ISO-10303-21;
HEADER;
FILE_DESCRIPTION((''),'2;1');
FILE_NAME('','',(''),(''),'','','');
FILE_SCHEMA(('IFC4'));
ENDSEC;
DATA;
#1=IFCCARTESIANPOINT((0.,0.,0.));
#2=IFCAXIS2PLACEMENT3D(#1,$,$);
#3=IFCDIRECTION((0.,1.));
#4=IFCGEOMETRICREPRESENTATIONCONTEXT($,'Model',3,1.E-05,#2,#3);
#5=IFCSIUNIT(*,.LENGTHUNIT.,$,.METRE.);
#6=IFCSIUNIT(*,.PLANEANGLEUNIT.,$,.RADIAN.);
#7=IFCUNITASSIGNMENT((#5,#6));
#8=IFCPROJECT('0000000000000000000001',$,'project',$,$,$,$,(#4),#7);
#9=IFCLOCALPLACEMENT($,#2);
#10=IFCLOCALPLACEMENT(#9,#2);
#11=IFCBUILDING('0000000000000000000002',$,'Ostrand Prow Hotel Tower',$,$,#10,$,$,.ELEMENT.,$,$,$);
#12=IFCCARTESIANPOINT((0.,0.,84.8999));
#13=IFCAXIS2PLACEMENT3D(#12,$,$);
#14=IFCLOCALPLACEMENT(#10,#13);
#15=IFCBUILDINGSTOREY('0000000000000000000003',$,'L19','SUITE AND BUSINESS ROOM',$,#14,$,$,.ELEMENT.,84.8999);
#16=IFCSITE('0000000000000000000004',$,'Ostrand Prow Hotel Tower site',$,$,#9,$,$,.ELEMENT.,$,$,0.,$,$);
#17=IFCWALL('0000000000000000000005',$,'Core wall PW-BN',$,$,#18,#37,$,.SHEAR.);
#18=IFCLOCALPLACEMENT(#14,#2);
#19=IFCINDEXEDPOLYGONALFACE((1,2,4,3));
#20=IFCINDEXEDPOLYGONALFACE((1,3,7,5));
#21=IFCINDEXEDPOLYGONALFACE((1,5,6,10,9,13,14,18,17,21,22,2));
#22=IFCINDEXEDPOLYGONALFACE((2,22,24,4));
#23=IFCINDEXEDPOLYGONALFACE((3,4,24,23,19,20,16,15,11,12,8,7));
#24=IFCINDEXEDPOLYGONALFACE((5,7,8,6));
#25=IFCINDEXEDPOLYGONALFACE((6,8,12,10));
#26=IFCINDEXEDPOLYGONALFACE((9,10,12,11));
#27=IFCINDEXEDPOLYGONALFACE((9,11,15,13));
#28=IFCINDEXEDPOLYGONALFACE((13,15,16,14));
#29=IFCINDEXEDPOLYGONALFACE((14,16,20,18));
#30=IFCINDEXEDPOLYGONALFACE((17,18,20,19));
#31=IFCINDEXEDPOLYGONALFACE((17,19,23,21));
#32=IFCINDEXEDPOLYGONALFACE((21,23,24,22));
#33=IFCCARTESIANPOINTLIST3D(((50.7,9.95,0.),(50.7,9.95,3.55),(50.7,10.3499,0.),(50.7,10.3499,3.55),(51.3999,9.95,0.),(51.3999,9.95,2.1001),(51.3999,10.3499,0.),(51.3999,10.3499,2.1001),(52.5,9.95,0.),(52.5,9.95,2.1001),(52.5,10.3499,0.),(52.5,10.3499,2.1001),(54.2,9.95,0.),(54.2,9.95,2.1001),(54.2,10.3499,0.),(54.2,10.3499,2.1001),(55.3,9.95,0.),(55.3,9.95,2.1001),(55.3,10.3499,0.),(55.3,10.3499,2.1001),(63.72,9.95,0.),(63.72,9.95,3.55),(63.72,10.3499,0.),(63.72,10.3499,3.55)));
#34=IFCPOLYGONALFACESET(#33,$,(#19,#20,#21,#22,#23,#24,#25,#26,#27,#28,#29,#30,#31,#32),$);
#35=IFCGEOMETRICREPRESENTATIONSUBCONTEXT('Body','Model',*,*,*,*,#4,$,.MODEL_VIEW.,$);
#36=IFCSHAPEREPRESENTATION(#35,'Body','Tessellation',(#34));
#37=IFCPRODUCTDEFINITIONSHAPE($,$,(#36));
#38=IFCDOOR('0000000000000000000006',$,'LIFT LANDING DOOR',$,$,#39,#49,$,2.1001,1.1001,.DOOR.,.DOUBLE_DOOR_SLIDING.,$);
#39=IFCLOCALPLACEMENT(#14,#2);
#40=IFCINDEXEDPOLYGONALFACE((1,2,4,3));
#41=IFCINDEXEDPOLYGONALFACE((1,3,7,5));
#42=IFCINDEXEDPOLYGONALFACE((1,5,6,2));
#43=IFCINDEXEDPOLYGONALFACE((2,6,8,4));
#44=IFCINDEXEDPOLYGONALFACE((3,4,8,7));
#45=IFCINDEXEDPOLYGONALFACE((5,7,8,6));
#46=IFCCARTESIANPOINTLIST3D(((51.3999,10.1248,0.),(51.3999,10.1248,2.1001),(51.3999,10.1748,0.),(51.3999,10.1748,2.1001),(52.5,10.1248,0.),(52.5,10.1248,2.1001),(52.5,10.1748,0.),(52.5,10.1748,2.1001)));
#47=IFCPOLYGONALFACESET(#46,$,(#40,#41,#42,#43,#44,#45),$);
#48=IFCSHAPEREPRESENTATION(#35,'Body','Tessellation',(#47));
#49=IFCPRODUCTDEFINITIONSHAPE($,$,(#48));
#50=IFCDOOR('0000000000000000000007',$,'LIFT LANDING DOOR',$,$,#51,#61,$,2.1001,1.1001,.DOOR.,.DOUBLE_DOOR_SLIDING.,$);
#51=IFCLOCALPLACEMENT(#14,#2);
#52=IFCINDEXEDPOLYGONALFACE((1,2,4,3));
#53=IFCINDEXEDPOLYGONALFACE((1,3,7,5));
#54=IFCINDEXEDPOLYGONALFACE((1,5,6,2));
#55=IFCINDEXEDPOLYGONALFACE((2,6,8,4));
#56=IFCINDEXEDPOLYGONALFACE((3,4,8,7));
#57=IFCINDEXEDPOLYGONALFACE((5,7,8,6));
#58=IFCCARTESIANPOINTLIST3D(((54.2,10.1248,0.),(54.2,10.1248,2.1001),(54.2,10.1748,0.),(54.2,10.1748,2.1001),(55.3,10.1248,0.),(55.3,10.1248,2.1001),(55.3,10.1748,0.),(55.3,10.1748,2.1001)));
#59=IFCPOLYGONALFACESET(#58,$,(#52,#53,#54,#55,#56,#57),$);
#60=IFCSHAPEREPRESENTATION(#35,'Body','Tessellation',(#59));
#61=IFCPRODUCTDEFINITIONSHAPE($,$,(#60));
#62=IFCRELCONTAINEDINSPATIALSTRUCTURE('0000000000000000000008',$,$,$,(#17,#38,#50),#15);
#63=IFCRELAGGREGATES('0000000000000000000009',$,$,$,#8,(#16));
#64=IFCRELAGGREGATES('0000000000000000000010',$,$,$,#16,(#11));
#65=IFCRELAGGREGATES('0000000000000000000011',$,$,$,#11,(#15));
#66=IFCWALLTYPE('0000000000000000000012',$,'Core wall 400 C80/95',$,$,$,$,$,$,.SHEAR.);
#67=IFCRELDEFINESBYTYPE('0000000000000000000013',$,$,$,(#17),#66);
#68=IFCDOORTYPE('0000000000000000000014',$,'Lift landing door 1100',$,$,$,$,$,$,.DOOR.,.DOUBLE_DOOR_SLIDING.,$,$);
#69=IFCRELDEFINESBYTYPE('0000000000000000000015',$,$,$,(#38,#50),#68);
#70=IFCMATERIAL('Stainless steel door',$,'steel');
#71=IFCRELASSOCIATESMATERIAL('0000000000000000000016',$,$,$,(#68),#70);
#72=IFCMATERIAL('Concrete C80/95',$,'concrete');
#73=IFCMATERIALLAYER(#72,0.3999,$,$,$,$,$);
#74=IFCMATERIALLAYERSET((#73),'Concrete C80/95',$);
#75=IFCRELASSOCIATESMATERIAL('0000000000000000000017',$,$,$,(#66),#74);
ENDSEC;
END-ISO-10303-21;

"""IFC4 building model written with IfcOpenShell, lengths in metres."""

from ifc_helpers import new_model, si_unit, direction, frame, frame_2d, origin, place, context, subcontext, project, spatial, rectangle, extrude, material, layer, layer_set, type_object, element, fill, save


model = new_model("IFC4")

# Units and contexts
model_context = context("Model", 3, precision=1e-05, world=origin(), true_north=direction((0.0, 1.0)))
body_context = subcontext(model_context, "Body", "Model", "MODEL_VIEW")
ifc_project = project(units=[si_unit("LENGTHUNIT", "METRE"), si_unit("PLANEANGLEUNIT", "RADIAN")], contexts=[model_context])

# Site, building, storey
site_placement = place(None, origin())
site = spatial("IfcSite", under=ifc_project, at=site_placement, Name="Ostrand Prow Hotel Tower site", CompositionType="ELEMENT", RefElevation=0.0)
building_placement = place(site_placement, origin())
building = spatial("IfcBuilding", under=site, at=building_placement, Name="Ostrand Prow Hotel Tower", CompositionType="ELEMENT")
storey_placement = place(building_placement, frame((0.0, 0.0, 84.8999)))
storey = spatial("IfcBuildingStorey", under=building, at=storey_placement, Name="L19", Description="SUITE AND BUSINESS ROOM", CompositionType="ELEMENT", Elevation=84.8999)

# Shared definitions
ifc_material_1 = material(Name="Stainless steel door", Category="steel")
door_type_1 = type_object("IfcDoorType", Name="Lift landing door 1100", OperationType="DOUBLE_DOOR_SLIDING", PredefinedType="DOOR", material=ifc_material_1)

# Wall, openings, doors
ifc_material_2 = material(Name="Concrete C80/95", Category="concrete")
ifc_layer_1 = layer(ifc_material_2, 0.3999)
ifc_layer_set_1 = layer_set([ifc_layer_1], Name="Concrete C80/95")
wall_type_1 = type_object("IfcWallType", Name="Core wall 400 C80/95", PredefinedType="SHEAR", material=ifc_layer_set_1)
wall_1_placement = place(storey_placement, frame((50.7, 10.1499, 0.0), z_axis=(0.0, 0.0, 1.0), x_axis=(1.0, 0.0, 0.0)))
wall_1 = element("IfcWall", 1, at=wall_1_placement, inside=storey, type_object=wall_type_1, Name="Core wall PW-BN", PredefinedType="SHEAR", context=body_context, shape_type="SweptSolid", body=[
    extrude(rectangle(XDim=13.02, YDim=0.3999, at=frame_2d((6.51, 0.0))), origin(), (0.0, 0.0, 1.0), 3.55),
])
opening_1_placement = place(wall_1_placement, frame((0.7, 0.0, 0.0)))
opening_1 = element("IfcOpeningElement", 2, at=opening_1_placement, cuts=wall_1, PredefinedType="OPENING", context=body_context, shape_type="SweptSolid", body=[
    extrude(rectangle(XDim=1.1001, YDim=2.1001, at=frame_2d((0.55, 1.05))), frame((0.0, 0.21, 0.0), z_axis=(0.0, -1.0, 0.0), x_axis=(1.0, 0.0, 0.0)), (0.0, 0.0, 1.0), 0.4199),
])
opening_2_placement = place(wall_1_placement, frame((3.5, 0.0, 0.0)))
opening_2 = element("IfcOpeningElement", 3, at=opening_2_placement, cuts=wall_1, PredefinedType="OPENING", context=body_context, shape_type="SweptSolid", body=[
    extrude(rectangle(XDim=1.1001, YDim=2.1001, at=frame_2d((0.55, 1.05))), frame((0.0, 0.21, 0.0), z_axis=(0.0, -1.0, 0.0), x_axis=(1.0, 0.0, 0.0)), (0.0, 0.0, 1.0), 0.4199),
])
door_1_placement = place(opening_1_placement, origin())
door_1 = element("IfcDoor", 4, at=door_1_placement, inside=storey, type_object=door_type_1, Name="LIFT LANDING DOOR", OperationType="DOUBLE_DOOR_SLIDING", OverallHeight=2.1001, OverallWidth=1.1001, PredefinedType="DOOR", context=body_context, shape_type="SweptSolid", body=[
    extrude(rectangle(XDim=1.1001, YDim=2.1001, at=frame_2d((0.55, 1.05))), frame((0.0, 0.0249, 0.0), z_axis=(0.0, -1.0, 0.0), x_axis=(1.0, 0.0, 0.0)), (0.0, 0.0, 1.0), 0.05),
])
fill(opening_1, door_1)
door_2_placement = place(opening_2_placement, origin())
door_2 = element("IfcDoor", 5, at=door_2_placement, inside=storey, type_object=door_type_1, Name="LIFT LANDING DOOR", OperationType="DOUBLE_DOOR_SLIDING", OverallHeight=2.1001, OverallWidth=1.1001, PredefinedType="DOOR", context=body_context, shape_type="SweptSolid", body=[
    extrude(rectangle(XDim=1.1001, YDim=2.1001, at=frame_2d((0.55, 1.05))), frame((0.0, 0.0249, 0.0), z_axis=(0.0, -1.0, 0.0), x_axis=(1.0, 0.0, 0.0)), (0.0, 0.0, 1.0), 0.05),
])
fill(opening_2, door_2)

save(model, "model.ifc")
